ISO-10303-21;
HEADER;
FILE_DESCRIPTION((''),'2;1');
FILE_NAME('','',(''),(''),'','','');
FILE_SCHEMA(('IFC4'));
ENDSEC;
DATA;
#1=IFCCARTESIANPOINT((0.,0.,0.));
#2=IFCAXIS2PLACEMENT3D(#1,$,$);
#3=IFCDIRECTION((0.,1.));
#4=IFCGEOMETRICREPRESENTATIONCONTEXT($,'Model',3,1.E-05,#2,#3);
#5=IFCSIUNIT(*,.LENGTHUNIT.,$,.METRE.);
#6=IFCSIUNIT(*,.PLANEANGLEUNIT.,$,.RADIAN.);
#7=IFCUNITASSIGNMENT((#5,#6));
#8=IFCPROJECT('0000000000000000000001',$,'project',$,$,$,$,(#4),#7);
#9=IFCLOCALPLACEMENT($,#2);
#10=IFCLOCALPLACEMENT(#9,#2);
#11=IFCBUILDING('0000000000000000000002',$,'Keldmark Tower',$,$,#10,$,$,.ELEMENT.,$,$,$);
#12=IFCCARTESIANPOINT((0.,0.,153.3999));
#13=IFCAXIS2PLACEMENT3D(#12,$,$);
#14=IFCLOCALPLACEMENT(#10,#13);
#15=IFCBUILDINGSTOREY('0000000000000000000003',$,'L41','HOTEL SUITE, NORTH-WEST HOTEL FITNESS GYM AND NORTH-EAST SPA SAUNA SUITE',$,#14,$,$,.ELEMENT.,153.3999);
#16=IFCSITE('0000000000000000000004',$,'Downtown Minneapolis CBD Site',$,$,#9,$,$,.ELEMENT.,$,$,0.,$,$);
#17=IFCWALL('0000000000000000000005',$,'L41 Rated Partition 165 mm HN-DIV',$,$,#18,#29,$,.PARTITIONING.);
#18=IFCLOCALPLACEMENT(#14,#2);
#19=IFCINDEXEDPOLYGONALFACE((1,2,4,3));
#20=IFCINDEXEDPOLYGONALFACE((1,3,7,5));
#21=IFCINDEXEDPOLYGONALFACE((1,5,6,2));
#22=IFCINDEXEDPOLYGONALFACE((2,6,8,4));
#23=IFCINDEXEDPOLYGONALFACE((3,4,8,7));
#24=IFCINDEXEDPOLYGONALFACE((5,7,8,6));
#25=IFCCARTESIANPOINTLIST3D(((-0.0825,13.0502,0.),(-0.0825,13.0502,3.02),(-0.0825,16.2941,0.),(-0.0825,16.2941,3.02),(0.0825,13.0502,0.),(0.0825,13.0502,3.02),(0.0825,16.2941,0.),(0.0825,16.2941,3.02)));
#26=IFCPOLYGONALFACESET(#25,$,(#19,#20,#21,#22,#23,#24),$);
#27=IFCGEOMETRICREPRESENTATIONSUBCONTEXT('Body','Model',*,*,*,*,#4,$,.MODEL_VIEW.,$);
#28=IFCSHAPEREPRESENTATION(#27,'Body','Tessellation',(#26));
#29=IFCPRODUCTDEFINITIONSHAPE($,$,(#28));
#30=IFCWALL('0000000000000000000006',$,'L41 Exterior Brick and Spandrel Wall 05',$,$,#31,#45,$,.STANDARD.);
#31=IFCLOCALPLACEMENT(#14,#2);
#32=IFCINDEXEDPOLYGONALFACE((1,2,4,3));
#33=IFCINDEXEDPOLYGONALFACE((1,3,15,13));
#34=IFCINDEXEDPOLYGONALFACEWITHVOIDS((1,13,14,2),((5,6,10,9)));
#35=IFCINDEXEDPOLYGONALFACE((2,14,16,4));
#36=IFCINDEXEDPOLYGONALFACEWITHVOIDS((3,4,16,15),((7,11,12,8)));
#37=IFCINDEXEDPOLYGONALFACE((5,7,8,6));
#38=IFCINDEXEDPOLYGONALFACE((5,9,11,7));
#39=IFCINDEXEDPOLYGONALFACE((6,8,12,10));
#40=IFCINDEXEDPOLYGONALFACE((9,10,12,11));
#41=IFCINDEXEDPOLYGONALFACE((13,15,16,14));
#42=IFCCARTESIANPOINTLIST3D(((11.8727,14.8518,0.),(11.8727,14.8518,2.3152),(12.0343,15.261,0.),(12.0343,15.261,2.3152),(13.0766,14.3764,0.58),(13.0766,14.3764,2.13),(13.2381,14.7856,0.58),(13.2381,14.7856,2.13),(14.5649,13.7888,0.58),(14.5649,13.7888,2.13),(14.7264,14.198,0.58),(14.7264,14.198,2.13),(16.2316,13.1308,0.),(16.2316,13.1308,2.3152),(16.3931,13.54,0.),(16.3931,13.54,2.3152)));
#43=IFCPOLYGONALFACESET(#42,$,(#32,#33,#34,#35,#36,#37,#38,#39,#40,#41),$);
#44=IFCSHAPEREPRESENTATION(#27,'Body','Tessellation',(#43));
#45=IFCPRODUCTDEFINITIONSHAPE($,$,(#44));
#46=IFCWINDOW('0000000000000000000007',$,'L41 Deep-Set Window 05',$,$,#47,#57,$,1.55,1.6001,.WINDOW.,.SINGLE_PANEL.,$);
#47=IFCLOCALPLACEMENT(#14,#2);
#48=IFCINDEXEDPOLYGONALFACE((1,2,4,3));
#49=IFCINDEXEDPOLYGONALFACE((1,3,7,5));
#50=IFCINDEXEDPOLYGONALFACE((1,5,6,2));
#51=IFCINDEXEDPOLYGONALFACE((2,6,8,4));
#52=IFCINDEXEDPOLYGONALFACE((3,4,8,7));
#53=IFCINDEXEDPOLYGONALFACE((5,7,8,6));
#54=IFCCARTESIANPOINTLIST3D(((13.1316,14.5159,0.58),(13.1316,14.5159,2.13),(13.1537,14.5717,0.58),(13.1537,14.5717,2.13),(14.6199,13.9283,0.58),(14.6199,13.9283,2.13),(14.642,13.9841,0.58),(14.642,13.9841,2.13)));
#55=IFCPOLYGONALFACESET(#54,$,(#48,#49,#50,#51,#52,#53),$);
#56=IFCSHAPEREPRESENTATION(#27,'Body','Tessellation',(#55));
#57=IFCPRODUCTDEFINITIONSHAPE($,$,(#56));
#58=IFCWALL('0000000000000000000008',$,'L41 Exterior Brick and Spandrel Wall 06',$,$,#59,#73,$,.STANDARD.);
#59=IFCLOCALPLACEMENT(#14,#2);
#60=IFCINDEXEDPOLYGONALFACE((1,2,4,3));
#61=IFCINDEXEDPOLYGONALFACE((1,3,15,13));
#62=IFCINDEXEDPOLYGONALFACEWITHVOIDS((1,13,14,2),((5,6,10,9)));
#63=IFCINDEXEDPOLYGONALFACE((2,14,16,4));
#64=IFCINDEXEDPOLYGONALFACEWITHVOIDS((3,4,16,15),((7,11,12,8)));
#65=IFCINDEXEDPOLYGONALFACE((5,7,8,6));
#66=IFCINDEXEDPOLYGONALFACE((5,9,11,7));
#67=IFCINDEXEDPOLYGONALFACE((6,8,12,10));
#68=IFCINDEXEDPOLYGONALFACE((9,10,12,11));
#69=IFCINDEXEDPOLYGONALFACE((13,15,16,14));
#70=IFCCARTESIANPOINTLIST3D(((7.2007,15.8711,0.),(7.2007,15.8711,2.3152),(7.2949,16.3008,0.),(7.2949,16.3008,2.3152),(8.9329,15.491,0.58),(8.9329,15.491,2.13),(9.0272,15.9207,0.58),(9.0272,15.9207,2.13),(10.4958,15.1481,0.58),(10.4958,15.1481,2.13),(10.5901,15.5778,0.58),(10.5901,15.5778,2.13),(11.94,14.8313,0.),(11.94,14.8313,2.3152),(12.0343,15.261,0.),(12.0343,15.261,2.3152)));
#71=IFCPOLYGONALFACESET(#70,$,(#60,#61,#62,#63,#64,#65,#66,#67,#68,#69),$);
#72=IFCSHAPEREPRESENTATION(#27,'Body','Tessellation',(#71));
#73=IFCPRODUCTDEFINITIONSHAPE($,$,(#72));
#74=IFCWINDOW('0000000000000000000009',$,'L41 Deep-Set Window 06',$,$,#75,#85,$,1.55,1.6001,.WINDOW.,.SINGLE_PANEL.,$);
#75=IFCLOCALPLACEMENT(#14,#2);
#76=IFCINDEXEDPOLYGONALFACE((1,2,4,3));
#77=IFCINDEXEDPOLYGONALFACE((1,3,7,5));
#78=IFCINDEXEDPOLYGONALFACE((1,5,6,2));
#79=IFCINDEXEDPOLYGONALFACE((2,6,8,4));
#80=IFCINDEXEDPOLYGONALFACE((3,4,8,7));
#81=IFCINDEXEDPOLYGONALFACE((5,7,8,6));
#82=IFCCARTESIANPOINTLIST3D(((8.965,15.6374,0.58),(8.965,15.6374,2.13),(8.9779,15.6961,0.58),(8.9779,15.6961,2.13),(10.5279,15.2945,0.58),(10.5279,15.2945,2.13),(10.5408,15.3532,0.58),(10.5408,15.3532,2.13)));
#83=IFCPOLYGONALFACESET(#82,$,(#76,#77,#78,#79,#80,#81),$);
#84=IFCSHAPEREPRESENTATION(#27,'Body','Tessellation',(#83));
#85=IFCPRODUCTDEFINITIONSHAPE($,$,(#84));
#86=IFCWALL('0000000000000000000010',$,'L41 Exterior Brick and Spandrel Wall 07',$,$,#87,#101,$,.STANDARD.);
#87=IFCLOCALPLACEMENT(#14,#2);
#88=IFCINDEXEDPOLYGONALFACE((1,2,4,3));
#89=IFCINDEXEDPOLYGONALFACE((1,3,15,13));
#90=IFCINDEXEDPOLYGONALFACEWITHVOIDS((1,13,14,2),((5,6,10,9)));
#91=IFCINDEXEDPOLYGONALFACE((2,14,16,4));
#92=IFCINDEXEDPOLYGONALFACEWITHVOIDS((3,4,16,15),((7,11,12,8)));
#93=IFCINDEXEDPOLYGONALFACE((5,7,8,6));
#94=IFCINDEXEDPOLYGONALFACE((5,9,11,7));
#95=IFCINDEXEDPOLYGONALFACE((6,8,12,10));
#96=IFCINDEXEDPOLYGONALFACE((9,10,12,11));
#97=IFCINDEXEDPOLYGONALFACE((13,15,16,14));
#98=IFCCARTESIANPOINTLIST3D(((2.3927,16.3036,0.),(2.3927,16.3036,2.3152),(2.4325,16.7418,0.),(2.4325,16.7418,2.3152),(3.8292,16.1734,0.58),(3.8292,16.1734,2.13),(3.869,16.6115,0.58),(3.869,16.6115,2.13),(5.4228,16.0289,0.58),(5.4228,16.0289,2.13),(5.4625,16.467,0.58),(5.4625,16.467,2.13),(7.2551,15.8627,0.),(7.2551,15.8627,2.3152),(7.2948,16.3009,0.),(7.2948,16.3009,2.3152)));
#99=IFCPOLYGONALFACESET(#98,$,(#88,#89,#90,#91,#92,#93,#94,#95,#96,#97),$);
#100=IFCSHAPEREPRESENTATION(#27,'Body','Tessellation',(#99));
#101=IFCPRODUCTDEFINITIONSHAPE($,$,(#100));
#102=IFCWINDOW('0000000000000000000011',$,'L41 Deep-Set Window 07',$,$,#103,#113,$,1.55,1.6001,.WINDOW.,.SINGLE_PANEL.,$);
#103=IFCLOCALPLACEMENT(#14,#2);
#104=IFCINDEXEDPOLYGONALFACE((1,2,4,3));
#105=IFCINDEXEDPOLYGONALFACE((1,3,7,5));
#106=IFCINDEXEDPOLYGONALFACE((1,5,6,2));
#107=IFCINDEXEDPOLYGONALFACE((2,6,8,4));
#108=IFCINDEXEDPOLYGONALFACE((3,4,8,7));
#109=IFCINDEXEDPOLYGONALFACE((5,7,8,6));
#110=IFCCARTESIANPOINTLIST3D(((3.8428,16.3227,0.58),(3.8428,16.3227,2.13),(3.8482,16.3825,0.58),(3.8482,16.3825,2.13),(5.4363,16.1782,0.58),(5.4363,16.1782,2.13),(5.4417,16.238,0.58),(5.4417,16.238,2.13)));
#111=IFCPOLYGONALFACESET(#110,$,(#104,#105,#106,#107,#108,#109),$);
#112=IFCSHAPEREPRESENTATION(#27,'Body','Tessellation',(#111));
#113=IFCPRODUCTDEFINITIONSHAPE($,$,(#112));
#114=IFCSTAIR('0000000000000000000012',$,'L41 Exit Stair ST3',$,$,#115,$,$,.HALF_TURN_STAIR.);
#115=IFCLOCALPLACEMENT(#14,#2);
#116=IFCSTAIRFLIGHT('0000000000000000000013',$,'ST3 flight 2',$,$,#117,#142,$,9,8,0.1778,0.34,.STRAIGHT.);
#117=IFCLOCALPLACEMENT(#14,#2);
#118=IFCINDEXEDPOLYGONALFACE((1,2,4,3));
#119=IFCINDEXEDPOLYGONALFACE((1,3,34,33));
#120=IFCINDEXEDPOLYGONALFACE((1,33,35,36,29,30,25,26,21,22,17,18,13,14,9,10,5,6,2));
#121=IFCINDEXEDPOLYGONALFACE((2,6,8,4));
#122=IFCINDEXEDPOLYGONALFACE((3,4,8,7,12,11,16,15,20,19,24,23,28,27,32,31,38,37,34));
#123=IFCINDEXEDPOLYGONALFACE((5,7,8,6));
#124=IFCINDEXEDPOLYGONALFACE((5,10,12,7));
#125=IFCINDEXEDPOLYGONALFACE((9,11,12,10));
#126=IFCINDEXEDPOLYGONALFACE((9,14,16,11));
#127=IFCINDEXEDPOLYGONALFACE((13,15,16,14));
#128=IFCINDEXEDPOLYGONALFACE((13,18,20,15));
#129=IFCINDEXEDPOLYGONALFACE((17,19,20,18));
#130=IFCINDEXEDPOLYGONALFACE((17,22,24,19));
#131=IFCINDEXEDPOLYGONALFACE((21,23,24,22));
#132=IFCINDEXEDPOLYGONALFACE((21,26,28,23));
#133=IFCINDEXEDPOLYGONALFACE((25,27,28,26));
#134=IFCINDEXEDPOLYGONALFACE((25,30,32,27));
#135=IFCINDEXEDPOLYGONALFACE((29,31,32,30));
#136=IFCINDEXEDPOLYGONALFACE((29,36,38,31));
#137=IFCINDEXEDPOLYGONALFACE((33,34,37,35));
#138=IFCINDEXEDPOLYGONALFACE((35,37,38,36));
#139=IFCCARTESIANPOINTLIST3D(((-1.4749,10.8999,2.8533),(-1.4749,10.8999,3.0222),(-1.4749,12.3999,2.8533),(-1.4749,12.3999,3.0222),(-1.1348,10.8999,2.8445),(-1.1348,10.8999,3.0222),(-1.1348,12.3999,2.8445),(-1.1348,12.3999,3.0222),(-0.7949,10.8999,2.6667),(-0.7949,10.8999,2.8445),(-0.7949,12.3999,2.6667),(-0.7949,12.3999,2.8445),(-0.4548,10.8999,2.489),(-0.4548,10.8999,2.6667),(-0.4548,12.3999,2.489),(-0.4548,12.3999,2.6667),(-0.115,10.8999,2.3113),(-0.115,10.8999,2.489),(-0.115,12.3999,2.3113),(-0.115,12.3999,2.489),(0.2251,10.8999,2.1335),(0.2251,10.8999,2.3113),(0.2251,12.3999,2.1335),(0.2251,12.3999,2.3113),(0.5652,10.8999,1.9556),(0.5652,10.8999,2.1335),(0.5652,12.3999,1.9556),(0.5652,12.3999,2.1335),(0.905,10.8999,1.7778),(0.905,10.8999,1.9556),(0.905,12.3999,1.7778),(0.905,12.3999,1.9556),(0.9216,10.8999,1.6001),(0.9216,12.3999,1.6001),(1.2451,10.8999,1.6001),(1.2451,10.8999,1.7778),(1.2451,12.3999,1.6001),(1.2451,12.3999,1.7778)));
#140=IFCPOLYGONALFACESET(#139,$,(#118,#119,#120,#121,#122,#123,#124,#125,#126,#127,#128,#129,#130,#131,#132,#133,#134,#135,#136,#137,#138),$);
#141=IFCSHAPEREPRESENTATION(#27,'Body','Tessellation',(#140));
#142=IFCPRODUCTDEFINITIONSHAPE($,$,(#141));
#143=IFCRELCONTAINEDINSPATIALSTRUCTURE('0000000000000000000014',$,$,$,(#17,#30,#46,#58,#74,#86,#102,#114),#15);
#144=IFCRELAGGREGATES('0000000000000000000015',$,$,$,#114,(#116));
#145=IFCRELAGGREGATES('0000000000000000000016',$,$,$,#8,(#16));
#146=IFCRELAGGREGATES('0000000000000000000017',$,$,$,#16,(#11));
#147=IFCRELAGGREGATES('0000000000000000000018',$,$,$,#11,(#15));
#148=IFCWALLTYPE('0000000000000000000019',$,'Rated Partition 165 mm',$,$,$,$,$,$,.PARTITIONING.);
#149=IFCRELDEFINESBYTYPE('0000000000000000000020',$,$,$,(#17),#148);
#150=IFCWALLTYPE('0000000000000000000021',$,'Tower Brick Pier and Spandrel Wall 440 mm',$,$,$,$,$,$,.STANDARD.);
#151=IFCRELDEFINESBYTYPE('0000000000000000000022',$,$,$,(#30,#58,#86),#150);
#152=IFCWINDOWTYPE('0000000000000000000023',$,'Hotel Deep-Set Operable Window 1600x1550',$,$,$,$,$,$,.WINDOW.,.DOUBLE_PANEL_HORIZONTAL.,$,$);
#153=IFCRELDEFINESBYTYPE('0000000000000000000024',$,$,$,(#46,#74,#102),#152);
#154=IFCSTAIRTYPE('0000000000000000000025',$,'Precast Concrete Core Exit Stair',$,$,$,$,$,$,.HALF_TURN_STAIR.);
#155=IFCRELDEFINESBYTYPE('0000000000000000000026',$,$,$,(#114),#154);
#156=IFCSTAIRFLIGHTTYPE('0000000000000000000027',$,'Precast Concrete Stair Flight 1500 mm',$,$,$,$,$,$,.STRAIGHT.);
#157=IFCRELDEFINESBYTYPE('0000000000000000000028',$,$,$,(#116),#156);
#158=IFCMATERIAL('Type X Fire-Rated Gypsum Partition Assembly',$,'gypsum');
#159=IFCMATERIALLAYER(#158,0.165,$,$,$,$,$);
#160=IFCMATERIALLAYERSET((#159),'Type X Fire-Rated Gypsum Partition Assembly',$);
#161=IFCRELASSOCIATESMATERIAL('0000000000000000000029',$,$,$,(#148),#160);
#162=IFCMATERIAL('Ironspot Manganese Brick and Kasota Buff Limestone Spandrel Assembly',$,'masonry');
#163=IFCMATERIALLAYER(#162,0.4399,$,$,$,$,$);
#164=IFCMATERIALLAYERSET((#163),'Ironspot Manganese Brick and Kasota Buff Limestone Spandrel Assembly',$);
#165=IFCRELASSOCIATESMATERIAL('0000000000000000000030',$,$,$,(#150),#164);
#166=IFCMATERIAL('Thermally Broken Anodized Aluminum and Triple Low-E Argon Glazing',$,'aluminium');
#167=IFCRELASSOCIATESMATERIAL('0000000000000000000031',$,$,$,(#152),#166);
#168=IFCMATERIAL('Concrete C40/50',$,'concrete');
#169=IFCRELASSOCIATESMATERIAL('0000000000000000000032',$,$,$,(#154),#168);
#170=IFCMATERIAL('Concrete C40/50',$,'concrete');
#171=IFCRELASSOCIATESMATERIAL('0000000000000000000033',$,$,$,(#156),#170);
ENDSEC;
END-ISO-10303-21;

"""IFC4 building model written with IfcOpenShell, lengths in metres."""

from ifc_helpers import new_model, si_unit, direction, frame, frame_2d, origin, place, context, subcontext, project, spatial, polyline, rectangle, outline, extrude, material, layer, layer_set, type_object, element, fill, aggregate, save


model = new_model("IFC4")

# Units and contexts
model_context = context("Model", 3, precision=1e-05, world=origin(), true_north=direction((0.0, 1.0)))
body_context = subcontext(model_context, "Body", "Model", "MODEL_VIEW")
ifc_project = project(units=[si_unit("LENGTHUNIT", "METRE"), si_unit("PLANEANGLEUNIT", "RADIAN")], contexts=[model_context])

# Site, building, storey
site_placement = place(None, origin())
site = spatial("IfcSite", under=ifc_project, at=site_placement, Name="Downtown Minneapolis CBD Site", CompositionType="ELEMENT", RefElevation=0.0)
building_placement = place(site_placement, origin())
building = spatial("IfcBuilding", under=site, at=building_placement, Name="Keldmark Tower", CompositionType="ELEMENT")
storey_placement = place(building_placement, frame((0.0, 0.0, 153.3999)))
storey = spatial("IfcBuildingStorey", under=building, at=storey_placement, Name="L41", Description="HOTEL SUITE, NORTH-WEST HOTEL FITNESS GYM AND NORTH-EAST SPA SAUNA SUITE", CompositionType="ELEMENT", Elevation=153.3999)

# Wall
ifc_material_1 = material(Name="Type X Fire-Rated Gypsum Partition Assembly", Category="gypsum")
ifc_layer_1 = layer(ifc_material_1, 0.165)
ifc_layer_set_1 = layer_set([ifc_layer_1], Name="Type X Fire-Rated Gypsum Partition Assembly")
wall_type_1 = type_object("IfcWallType", Name="Rated Partition 165 mm", PredefinedType="PARTITIONING", material=ifc_layer_set_1)
wall_1_placement = place(storey_placement, frame((0.0, 13.05, 0.0), z_axis=(0.0, 0.0, 1.0), x_axis=(0.0, 1.0, 0.0)))
element("IfcWall", 1, at=wall_1_placement, inside=storey, type_object=wall_type_1, Name="L41 Rated Partition 165 mm HN-DIV", PredefinedType="PARTITIONING", context=body_context, shape_type="SweptSolid", body=[
    extrude(rectangle(XDim=3.2439, YDim=0.165, at=frame_2d((1.6221, 0.0))), origin(), (0.0, 0.0, 1.0), 3.02),
])

# Walls, openings, windows
ifc_material_2 = material(Name="Ironspot Manganese Brick and Kasota Buff Limestone Spandrel Assembly", Category="masonry")
ifc_layer_2 = layer(ifc_material_2, 0.4399)
ifc_layer_set_2 = layer_set([ifc_layer_2], Name="Ironspot Manganese Brick and Kasota Buff Limestone Spandrel Assembly")
wall_type_2 = type_object("IfcWallType", Name="Tower Brick Pier and Spandrel Wall 440 mm", PredefinedType="STANDARD", material=ifc_layer_set_2)
wall_2_placement = place(storey_placement, frame((11.9534, 15.0564, 0.0), z_axis=(0.0, 0.0, 1.0), x_axis=(0.930131, -0.367228, 0.0)))
wall_2 = element("IfcWall", 2, at=wall_2_placement, inside=storey, type_object=wall_type_2, Name="L41 Exterior Brick and Spandrel Wall 05", PredefinedType="STANDARD", context=body_context, shape_type="SweptSolid", body=[
    extrude(rectangle(XDim=4.6863, YDim=0.4399, at=frame_2d((2.3433, 0.0))), origin(), (0.0, 0.0, 1.0), 2.3152),
])
opening_1_placement = place(wall_2_placement, frame((1.2944, 0.0, 0.5801)))
opening_1 = element("IfcOpeningElement", 3, at=opening_1_placement, cuts=wall_2, PredefinedType="OPENING", context=body_context, shape_type="SweptSolid", body=[
    extrude(rectangle(XDim=1.6001, YDim=1.55, at=frame_2d((0.8, 0.7749))), frame((0.0, 0.23, 0.0), z_axis=(0.0, -1.0, 0.0), x_axis=(1.0, 0.0, 0.0)), (0.0, 0.0, 1.0), 0.46),
])
ifc_material_3 = material(Name="Thermally Broken Anodized Aluminum and Triple Low-E Argon Glazing", Category="aluminium")
window_type = type_object("IfcWindowType", Name="Hotel Deep-Set Operable Window 1600x1550", PartitioningType="DOUBLE_PANEL_HORIZONTAL", PredefinedType="WINDOW", material=ifc_material_3)
window_1_placement = place(opening_1_placement, origin())
window_1 = element("IfcWindow", 4, at=window_1_placement, inside=storey, type_object=window_type, Name="L41 Deep-Set Window 05", OverallHeight=1.55, OverallWidth=1.6001, PartitioningType="SINGLE_PANEL", PredefinedType="WINDOW", context=body_context, shape_type="SweptSolid", body=[
    extrude(rectangle(XDim=1.6001, YDim=1.55, at=frame_2d((0.8, 0.7749))), frame((0.0, -0.01, 0.0), z_axis=(0.0, -1.0, 0.0), x_axis=(1.0, 0.0, 0.0)), (0.0, 0.0, 1.0), 0.0601),
])
fill(opening_1, window_1)
wall_3_placement = place(storey_placement, frame((7.2478, 16.0859, 0.0), z_axis=(0.0, 0.0, 1.0), x_axis=(0.976767, -0.214303, 0.0)))
wall_3 = element("IfcWall", 5, at=wall_3_placement, inside=storey, type_object=wall_type_2, Name="L41 Exterior Brick and Spandrel Wall 06", PredefinedType="STANDARD", context=body_context, shape_type="SweptSolid", body=[
    extrude(rectangle(XDim=4.8521, YDim=0.4399, at=frame_2d((2.426, 0.0))), origin(), (0.0, 0.0, 1.0), 2.3152),
])
opening_2_placement = place(wall_3_placement, frame((1.7734, 0.0, 0.5801)))
opening_2 = element("IfcOpeningElement", 6, at=opening_2_placement, cuts=wall_3, PredefinedType="OPENING", context=body_context, shape_type="SweptSolid", body=[
    extrude(rectangle(XDim=1.6001, YDim=1.55, at=frame_2d((0.8, 0.7749))), frame((0.0, 0.23, 0.0), z_axis=(0.0, -1.0, 0.0), x_axis=(1.0, 0.0, 0.0)), (0.0, 0.0, 1.0), 0.46),
])
window_2_placement = place(opening_2_placement, origin())
window_2 = element("IfcWindow", 7, at=window_2_placement, inside=storey, type_object=window_type, Name="L41 Deep-Set Window 06", OverallHeight=1.55, OverallWidth=1.6001, PartitioningType="SINGLE_PANEL", PredefinedType="WINDOW", context=body_context, shape_type="SweptSolid", body=[
    extrude(rectangle(XDim=1.6001, YDim=1.55, at=frame_2d((0.8, 0.7749))), frame((0.0, -0.01, 0.0), z_axis=(0.0, -1.0, 0.0), x_axis=(1.0, 0.0, 0.0)), (0.0, 0.0, 1.0), 0.0601),
])
fill(opening_2, window_2)
wall_4_placement = place(storey_placement, frame((2.4126, 16.5227, 0.0), z_axis=(0.0, 0.0, 1.0), x_axis=(0.995914, -0.09031, 0.0)))
wall_4 = element("IfcWall", 8, at=wall_4_placement, inside=storey, type_object=wall_type_2, Name="L41 Exterior Brick and Spandrel Wall 07", PredefinedType="STANDARD", context=body_context, shape_type="SweptSolid", body=[
    extrude(rectangle(XDim=4.8823, YDim=0.4399, at=frame_2d((2.4412, 0.0))), origin(), (0.0, 0.0, 1.0), 2.3152),
])
opening_3_placement = place(wall_4_placement, frame((1.4424, 0.0, 0.5801)))
opening_3 = element("IfcOpeningElement", 9, at=opening_3_placement, cuts=wall_4, PredefinedType="OPENING", context=body_context, shape_type="SweptSolid", body=[
    extrude(rectangle(XDim=1.6001, YDim=1.55, at=frame_2d((0.8, 0.7749))), frame((0.0, 0.23, 0.0), z_axis=(0.0, -1.0, 0.0), x_axis=(1.0, 0.0, 0.0)), (0.0, 0.0, 1.0), 0.46),
])
window_3_placement = place(opening_3_placement, origin())
window_3 = element("IfcWindow", 10, at=window_3_placement, inside=storey, type_object=window_type, Name="L41 Deep-Set Window 07", OverallHeight=1.55, OverallWidth=1.6001, PartitioningType="SINGLE_PANEL", PredefinedType="WINDOW", context=body_context, shape_type="SweptSolid", body=[
    extrude(rectangle(XDim=1.6001, YDim=1.55, at=frame_2d((0.8, 0.7749))), frame((0.0, -0.01, 0.0), z_axis=(0.0, -1.0, 0.0), x_axis=(1.0, 0.0, 0.0)), (0.0, 0.0, 1.0), 0.0601),
])
fill(opening_3, window_3)

# Stair, stair flight
ifc_material_4 = material(Name="Concrete C40/50", Category="concrete")
stair_type = type_object("IfcStairType", Name="Precast Concrete Core Exit Stair", PredefinedType="HALF_TURN_STAIR", material=ifc_material_4)
stair_placement = place(storey_placement, origin())
stair = element("IfcStair", 11, at=stair_placement, inside=storey, type_object=stair_type, Name="L41 Exit Stair ST3", PredefinedType="HALF_TURN_STAIR")
ifc_material_5 = material(Name="Concrete C40/50", Category="concrete")
stair_flight_type = type_object("IfcStairFlightType", Name="Precast Concrete Stair Flight 1500 mm", PredefinedType="STRAIGHT", material=ifc_material_5)
stair_flight_placement = place(storey_placement, frame((1.2451, 11.6499, 1.6001), z_axis=(0.0, 0.0, 1.0), x_axis=(-1.0, 0.0, 0.0)))
stair_flight = element("IfcStairFlight", 12, at=stair_flight_placement, type_object=stair_flight_type, Name="ST3 flight 2", NumberOfRisers=9, NumberOfTreads=8, PredefinedType="STRAIGHT", RiserHeight=0.1778, TreadLength=0.34, context=body_context, shape_type="SweptSolid", body=[
    extrude(outline(polyline([(0.0, 0.0), (0.0, 0.1777), (0.3401, 0.1777), (0.3401, 0.3555), (0.6799, 0.3555), (0.6799, 0.5334), (1.02, 0.5334), (1.02, 0.7112), (1.3601, 0.7112), (1.3601, 0.8889), (1.7, 0.8889), (1.7, 1.0667), (2.04, 1.0667), (2.04, 1.2444), (2.3799, 1.2444), (2.3799, 1.4221), (2.72, 1.4221), (2.72, 1.6001), (2.72, 1.2532), (0.3235, 0.0), (0.0, 0.0)])), frame((0.0, 0.75, 0.0), z_axis=(0.0, -1.0, 0.0), x_axis=(1.0, 0.0, 0.0)), (0.0, 0.0, 1.0), 1.5),
])
aggregate(stair, [stair_flight])

save(model, "model.ifc")
